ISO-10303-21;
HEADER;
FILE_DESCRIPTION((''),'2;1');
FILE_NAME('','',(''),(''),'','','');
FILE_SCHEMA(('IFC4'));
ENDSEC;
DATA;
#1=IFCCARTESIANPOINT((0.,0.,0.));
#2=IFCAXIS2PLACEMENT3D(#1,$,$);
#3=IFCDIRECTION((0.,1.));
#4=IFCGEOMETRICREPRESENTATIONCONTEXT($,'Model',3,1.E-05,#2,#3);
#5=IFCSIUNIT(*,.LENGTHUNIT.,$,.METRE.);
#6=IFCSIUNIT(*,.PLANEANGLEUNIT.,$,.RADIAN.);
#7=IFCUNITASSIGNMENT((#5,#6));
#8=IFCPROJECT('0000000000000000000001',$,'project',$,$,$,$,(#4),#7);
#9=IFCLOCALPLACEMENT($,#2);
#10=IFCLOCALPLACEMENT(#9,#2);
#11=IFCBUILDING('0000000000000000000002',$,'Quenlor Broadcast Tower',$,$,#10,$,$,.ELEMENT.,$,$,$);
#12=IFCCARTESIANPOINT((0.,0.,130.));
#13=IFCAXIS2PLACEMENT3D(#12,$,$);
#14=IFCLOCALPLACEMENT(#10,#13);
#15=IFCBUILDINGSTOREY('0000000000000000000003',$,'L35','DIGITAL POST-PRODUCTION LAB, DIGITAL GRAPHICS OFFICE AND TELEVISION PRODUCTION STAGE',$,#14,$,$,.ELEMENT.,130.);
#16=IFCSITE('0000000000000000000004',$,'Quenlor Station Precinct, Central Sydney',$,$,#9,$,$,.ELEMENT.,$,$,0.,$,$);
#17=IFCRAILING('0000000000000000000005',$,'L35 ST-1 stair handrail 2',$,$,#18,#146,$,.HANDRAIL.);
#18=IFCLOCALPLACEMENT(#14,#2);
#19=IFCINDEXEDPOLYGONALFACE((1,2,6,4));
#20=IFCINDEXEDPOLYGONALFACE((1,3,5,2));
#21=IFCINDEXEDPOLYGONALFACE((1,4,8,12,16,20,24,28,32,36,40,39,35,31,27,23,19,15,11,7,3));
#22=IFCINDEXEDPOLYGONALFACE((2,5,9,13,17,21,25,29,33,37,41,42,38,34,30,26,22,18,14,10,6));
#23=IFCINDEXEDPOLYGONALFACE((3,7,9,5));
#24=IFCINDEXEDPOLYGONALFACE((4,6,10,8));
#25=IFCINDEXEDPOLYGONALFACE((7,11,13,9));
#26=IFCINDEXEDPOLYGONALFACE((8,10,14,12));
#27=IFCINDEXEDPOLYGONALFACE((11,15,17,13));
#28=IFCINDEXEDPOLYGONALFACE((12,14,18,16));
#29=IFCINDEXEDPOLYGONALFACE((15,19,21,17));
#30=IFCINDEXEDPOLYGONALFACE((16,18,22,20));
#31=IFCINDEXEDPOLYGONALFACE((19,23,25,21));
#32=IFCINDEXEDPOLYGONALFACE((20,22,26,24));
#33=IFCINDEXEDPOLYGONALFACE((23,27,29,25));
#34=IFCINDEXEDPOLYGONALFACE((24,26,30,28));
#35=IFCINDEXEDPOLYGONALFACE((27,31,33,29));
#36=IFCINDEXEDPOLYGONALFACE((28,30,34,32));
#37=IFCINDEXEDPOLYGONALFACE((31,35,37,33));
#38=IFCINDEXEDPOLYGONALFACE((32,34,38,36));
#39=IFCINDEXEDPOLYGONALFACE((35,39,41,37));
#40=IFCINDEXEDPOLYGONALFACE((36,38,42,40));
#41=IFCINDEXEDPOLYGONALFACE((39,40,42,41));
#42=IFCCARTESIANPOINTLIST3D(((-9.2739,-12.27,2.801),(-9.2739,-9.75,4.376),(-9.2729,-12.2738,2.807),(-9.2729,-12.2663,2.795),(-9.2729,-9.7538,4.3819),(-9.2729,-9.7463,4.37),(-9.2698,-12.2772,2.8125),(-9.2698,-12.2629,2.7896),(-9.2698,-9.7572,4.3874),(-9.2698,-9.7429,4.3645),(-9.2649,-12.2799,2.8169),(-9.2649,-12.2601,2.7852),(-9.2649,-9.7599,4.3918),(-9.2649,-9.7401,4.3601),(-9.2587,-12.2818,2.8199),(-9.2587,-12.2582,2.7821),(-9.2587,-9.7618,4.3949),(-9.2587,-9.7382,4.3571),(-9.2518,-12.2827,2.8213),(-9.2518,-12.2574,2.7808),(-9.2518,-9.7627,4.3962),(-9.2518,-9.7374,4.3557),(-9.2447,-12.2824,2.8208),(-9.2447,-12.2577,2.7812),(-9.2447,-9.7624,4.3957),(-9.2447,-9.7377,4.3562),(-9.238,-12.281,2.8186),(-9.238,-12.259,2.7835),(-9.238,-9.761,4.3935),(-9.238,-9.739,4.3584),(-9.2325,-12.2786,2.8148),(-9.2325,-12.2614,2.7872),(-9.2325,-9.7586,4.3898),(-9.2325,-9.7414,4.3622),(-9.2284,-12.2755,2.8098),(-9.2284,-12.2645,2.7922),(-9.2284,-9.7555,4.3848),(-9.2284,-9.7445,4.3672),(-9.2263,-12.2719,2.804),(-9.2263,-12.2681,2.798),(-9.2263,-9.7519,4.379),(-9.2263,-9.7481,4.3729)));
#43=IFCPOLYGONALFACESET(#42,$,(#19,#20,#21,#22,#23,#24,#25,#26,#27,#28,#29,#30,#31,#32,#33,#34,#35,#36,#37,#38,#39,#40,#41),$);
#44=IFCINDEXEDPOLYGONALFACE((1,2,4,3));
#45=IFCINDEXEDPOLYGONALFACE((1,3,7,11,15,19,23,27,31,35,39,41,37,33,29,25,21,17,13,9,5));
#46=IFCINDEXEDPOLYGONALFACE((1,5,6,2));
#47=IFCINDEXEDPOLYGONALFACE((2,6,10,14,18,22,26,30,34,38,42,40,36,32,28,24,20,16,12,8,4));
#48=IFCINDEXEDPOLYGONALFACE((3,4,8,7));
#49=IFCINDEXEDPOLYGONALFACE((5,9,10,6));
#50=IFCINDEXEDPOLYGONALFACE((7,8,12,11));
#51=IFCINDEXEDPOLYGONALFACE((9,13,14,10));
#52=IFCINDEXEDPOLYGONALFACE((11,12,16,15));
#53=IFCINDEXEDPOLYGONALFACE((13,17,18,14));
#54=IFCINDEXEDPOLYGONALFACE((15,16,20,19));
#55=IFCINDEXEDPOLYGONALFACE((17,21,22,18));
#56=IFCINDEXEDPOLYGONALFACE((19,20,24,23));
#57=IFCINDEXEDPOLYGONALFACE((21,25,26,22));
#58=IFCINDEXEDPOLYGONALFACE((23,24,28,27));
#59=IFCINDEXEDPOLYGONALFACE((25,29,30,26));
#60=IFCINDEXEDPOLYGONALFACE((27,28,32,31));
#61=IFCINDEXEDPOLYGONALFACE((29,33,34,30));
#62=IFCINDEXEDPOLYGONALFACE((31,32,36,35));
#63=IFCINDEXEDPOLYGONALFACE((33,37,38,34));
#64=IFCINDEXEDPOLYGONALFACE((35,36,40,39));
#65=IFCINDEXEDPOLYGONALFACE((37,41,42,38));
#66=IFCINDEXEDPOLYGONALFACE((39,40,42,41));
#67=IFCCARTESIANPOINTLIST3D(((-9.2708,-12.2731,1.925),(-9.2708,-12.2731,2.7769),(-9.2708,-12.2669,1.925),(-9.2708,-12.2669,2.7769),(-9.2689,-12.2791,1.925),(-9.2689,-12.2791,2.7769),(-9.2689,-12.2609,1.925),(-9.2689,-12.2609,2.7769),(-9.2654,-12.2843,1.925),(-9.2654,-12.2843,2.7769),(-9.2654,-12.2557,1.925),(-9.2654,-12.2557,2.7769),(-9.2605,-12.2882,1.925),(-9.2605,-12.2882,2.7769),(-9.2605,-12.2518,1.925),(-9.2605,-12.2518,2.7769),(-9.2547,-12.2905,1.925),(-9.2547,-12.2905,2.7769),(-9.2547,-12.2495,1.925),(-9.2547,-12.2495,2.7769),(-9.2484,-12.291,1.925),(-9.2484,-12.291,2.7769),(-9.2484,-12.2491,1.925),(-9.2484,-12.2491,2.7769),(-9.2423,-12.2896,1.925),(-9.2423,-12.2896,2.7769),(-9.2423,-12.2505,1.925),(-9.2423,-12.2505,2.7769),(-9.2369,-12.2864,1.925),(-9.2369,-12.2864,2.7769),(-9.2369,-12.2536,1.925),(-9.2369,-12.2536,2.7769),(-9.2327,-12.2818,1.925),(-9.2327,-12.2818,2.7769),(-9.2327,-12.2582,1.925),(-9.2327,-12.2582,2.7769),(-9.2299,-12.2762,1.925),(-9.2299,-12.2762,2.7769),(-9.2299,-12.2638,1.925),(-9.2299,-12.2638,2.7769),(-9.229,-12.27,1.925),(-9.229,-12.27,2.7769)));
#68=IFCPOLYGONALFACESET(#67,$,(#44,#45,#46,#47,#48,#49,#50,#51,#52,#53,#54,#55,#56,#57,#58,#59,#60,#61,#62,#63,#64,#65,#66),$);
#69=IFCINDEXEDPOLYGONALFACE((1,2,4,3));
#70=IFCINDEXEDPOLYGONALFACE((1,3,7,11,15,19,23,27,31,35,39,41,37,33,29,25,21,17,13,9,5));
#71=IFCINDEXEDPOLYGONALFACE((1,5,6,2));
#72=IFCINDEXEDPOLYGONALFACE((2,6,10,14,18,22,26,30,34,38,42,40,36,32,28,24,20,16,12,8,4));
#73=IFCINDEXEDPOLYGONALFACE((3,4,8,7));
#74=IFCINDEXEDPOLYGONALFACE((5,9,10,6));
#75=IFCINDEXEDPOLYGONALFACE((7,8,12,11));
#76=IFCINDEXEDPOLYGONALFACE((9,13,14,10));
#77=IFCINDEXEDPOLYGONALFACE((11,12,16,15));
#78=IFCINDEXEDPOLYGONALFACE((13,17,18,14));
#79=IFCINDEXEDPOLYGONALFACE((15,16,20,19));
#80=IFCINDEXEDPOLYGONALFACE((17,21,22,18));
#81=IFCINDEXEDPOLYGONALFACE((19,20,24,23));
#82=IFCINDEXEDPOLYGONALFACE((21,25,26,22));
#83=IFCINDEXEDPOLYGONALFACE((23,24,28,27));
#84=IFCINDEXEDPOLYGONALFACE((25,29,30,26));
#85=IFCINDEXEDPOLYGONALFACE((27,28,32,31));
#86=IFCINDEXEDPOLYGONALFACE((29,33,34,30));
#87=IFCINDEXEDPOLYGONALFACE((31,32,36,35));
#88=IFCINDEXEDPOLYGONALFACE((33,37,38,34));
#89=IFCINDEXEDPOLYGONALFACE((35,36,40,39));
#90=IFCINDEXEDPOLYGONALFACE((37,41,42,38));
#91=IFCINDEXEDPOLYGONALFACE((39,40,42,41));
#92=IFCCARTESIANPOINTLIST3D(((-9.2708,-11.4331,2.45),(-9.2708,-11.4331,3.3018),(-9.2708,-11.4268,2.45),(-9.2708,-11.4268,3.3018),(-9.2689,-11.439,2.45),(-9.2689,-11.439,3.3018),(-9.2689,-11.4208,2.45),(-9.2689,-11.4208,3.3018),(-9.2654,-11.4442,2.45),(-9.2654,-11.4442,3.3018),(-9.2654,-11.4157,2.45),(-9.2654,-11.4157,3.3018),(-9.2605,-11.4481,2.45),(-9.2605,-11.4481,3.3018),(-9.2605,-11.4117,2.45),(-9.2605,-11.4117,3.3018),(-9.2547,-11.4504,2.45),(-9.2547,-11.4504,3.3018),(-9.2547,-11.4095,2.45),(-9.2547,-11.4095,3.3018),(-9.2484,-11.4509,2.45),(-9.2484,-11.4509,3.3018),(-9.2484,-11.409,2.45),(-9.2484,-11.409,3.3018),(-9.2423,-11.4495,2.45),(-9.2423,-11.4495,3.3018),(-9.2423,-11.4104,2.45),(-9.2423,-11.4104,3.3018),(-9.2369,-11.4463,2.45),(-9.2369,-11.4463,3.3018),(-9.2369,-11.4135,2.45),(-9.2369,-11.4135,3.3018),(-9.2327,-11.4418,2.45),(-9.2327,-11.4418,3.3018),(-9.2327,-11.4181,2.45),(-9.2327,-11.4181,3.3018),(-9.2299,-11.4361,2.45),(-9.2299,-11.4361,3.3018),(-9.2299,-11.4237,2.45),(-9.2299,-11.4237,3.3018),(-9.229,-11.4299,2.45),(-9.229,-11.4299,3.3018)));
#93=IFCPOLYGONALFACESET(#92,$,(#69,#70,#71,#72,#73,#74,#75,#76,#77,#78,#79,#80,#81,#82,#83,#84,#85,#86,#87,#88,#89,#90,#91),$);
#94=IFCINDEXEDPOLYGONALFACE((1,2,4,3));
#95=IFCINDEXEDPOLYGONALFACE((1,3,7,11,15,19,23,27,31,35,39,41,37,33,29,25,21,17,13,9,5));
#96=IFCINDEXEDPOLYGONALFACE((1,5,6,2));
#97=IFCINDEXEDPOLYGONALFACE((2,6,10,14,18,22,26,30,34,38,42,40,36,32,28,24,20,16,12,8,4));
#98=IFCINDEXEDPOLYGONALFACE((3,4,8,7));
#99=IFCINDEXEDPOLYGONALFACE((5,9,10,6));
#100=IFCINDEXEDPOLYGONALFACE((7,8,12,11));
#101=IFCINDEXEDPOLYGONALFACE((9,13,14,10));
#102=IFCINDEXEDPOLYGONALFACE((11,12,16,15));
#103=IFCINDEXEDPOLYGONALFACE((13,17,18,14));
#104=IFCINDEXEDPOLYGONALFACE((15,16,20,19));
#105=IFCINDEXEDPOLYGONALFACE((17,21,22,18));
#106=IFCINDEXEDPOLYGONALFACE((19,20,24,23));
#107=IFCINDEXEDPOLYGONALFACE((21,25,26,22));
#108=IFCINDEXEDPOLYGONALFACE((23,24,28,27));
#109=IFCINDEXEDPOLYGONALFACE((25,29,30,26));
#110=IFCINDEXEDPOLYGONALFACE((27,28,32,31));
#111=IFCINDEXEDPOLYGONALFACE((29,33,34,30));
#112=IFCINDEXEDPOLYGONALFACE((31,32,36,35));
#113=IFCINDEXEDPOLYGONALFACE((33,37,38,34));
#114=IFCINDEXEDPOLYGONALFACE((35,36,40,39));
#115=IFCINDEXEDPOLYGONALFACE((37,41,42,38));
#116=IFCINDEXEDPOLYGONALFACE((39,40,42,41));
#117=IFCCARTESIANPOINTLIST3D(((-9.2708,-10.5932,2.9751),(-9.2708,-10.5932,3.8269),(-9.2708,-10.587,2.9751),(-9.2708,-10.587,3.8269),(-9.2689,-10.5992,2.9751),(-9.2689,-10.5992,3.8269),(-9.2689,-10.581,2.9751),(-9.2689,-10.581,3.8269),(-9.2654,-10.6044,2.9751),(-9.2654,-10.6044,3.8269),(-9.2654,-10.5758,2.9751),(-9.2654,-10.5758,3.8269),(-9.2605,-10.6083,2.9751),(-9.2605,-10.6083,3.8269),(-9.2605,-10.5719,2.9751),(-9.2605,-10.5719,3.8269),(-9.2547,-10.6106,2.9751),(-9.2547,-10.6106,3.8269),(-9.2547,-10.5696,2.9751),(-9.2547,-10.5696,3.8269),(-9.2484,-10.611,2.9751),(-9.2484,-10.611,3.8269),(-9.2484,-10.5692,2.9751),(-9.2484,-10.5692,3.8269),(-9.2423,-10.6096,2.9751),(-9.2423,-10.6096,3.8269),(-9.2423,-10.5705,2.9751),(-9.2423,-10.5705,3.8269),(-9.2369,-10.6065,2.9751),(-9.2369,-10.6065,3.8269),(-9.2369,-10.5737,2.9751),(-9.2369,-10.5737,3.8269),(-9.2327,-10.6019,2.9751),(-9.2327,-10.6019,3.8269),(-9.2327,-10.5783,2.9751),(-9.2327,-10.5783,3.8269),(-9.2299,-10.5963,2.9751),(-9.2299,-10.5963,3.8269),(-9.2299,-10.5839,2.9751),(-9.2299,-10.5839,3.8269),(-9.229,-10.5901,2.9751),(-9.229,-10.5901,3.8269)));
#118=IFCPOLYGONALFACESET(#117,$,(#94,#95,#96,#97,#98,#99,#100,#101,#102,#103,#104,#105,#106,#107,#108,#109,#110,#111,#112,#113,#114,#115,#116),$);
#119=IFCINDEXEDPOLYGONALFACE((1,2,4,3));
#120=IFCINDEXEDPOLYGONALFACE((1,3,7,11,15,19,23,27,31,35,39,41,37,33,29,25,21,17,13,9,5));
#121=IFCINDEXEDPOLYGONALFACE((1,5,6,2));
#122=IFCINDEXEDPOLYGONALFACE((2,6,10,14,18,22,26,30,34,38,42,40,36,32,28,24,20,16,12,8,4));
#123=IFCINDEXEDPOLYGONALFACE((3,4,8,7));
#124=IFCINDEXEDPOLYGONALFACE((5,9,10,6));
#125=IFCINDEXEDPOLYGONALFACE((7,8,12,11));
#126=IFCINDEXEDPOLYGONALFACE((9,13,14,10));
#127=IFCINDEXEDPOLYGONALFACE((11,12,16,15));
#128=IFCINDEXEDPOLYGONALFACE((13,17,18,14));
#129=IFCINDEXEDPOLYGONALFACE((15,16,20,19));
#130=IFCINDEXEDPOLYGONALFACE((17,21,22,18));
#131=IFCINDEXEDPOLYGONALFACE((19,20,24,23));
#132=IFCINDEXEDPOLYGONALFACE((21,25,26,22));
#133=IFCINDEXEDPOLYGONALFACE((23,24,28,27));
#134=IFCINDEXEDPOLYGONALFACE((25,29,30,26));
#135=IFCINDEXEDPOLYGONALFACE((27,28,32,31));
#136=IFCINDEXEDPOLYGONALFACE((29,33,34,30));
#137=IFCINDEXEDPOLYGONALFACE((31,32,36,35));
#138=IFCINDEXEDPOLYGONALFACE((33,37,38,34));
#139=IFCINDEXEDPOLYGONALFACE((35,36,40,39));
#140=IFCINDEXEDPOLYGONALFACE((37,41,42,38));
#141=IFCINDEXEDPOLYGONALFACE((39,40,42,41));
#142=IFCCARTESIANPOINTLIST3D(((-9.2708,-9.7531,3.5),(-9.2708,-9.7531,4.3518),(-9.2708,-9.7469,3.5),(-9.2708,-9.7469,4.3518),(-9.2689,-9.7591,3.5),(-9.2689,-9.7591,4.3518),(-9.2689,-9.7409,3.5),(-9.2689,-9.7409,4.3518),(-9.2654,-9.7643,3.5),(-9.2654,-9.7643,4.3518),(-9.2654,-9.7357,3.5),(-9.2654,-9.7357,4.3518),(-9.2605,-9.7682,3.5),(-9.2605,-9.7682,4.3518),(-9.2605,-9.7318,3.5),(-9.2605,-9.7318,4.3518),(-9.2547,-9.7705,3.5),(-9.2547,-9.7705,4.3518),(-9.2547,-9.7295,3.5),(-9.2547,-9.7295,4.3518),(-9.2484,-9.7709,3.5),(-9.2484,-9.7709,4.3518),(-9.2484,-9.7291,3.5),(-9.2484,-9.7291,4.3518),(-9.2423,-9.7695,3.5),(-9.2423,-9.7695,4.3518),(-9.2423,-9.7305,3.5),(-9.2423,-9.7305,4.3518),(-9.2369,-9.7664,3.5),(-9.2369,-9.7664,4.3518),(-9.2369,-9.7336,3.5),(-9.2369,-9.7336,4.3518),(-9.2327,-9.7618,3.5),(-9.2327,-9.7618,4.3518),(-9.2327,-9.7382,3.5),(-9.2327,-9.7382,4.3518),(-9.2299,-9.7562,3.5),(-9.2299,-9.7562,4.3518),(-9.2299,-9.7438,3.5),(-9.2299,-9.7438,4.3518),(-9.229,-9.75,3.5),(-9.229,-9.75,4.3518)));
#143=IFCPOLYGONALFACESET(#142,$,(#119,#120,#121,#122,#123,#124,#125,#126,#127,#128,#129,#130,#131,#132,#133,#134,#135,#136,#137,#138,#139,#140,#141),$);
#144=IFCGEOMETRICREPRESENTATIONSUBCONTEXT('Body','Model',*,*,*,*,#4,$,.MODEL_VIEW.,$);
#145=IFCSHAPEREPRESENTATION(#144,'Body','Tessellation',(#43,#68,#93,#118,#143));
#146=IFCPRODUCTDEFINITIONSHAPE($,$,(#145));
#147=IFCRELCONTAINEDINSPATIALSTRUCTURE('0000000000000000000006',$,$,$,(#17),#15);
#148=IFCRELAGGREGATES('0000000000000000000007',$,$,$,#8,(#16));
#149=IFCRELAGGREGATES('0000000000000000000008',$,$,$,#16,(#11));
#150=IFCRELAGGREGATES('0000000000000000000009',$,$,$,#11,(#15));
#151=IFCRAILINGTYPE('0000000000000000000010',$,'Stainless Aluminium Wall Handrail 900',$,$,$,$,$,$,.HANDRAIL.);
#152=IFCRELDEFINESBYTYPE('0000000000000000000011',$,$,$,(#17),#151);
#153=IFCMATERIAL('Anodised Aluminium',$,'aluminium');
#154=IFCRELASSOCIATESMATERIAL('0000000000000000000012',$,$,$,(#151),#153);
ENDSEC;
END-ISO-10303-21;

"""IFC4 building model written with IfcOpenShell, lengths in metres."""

from ifc_helpers import new_model, si_unit, direction, frame, origin, origin_2d, place, context, subcontext, project, spatial, circle, extrude, material, type_object, element, save


model = new_model("IFC4")

# Units and contexts
model_context = context("Model", 3, precision=1e-05, world=origin(), true_north=direction((0.0, 1.0)))
body_context = subcontext(model_context, "Body", "Model", "MODEL_VIEW")
ifc_project = project(units=[si_unit("LENGTHUNIT", "METRE"), si_unit("PLANEANGLEUNIT", "RADIAN")], contexts=[model_context])

# Site, building, storey
site_placement = place(None, origin())
site = spatial("IfcSite", under=ifc_project, at=site_placement, Name="Quenlor Station Precinct, Central Sydney", CompositionType="ELEMENT", RefElevation=0.0)
building_placement = place(site_placement, origin())
building = spatial("IfcBuilding", under=site, at=building_placement, Name="Quenlor Broadcast Tower", CompositionType="ELEMENT")
storey_placement = place(building_placement, frame((0.0, 0.0, 130.0)))
storey = spatial("IfcBuildingStorey", under=building, at=storey_placement, Name="L35", Description="DIGITAL POST-PRODUCTION LAB, DIGITAL GRAPHICS OFFICE AND TELEVISION PRODUCTION STAGE", CompositionType="ELEMENT", Elevation=130.0)

# Railing
ifc_material_1 = material(Name="Anodised Aluminium", Category="aluminium")
railing_type_1 = type_object("IfcRailingType", Name="Stainless Aluminium Wall Handrail 900", PredefinedType="HANDRAIL", material=ifc_material_1)
railing_1_placement = place(storey_placement, frame((-9.25, -12.27, 1.925)))
element("IfcRailing", 1, at=railing_1_placement, inside=storey, type_object=railing_type_1, Name="L35 ST-1 stair handrail 2", PredefinedType="HANDRAIL", context=body_context, shape_type="SweptSolid", body=[
    extrude(circle(Radius=0.0239, at=origin_2d()), frame((0.0, 0.0, 0.876), z_axis=(0.0, 0.848008, 0.529984), x_axis=(-1.0, 0.0, 0.0)), (0.0, 0.0, 1.0), 2.9717),
    extrude(circle(Radius=0.021, at=origin_2d()), origin(), (0.0, 0.0, 1.0), 0.8518),
    extrude(circle(Radius=0.021, at=origin_2d()), frame((0.0, 0.8401, 0.5249)), (0.0, 0.0, 1.0), 0.8518),
    extrude(circle(Radius=0.021, at=origin_2d()), frame((0.0, 1.6799, 1.05)), (0.0, 0.0, 1.0), 0.8518),
    extrude(circle(Radius=0.021, at=origin_2d()), frame((0.0, 2.52, 1.575)), (0.0, 0.0, 1.0), 0.8518),
])

save(model, "model.ifc")
